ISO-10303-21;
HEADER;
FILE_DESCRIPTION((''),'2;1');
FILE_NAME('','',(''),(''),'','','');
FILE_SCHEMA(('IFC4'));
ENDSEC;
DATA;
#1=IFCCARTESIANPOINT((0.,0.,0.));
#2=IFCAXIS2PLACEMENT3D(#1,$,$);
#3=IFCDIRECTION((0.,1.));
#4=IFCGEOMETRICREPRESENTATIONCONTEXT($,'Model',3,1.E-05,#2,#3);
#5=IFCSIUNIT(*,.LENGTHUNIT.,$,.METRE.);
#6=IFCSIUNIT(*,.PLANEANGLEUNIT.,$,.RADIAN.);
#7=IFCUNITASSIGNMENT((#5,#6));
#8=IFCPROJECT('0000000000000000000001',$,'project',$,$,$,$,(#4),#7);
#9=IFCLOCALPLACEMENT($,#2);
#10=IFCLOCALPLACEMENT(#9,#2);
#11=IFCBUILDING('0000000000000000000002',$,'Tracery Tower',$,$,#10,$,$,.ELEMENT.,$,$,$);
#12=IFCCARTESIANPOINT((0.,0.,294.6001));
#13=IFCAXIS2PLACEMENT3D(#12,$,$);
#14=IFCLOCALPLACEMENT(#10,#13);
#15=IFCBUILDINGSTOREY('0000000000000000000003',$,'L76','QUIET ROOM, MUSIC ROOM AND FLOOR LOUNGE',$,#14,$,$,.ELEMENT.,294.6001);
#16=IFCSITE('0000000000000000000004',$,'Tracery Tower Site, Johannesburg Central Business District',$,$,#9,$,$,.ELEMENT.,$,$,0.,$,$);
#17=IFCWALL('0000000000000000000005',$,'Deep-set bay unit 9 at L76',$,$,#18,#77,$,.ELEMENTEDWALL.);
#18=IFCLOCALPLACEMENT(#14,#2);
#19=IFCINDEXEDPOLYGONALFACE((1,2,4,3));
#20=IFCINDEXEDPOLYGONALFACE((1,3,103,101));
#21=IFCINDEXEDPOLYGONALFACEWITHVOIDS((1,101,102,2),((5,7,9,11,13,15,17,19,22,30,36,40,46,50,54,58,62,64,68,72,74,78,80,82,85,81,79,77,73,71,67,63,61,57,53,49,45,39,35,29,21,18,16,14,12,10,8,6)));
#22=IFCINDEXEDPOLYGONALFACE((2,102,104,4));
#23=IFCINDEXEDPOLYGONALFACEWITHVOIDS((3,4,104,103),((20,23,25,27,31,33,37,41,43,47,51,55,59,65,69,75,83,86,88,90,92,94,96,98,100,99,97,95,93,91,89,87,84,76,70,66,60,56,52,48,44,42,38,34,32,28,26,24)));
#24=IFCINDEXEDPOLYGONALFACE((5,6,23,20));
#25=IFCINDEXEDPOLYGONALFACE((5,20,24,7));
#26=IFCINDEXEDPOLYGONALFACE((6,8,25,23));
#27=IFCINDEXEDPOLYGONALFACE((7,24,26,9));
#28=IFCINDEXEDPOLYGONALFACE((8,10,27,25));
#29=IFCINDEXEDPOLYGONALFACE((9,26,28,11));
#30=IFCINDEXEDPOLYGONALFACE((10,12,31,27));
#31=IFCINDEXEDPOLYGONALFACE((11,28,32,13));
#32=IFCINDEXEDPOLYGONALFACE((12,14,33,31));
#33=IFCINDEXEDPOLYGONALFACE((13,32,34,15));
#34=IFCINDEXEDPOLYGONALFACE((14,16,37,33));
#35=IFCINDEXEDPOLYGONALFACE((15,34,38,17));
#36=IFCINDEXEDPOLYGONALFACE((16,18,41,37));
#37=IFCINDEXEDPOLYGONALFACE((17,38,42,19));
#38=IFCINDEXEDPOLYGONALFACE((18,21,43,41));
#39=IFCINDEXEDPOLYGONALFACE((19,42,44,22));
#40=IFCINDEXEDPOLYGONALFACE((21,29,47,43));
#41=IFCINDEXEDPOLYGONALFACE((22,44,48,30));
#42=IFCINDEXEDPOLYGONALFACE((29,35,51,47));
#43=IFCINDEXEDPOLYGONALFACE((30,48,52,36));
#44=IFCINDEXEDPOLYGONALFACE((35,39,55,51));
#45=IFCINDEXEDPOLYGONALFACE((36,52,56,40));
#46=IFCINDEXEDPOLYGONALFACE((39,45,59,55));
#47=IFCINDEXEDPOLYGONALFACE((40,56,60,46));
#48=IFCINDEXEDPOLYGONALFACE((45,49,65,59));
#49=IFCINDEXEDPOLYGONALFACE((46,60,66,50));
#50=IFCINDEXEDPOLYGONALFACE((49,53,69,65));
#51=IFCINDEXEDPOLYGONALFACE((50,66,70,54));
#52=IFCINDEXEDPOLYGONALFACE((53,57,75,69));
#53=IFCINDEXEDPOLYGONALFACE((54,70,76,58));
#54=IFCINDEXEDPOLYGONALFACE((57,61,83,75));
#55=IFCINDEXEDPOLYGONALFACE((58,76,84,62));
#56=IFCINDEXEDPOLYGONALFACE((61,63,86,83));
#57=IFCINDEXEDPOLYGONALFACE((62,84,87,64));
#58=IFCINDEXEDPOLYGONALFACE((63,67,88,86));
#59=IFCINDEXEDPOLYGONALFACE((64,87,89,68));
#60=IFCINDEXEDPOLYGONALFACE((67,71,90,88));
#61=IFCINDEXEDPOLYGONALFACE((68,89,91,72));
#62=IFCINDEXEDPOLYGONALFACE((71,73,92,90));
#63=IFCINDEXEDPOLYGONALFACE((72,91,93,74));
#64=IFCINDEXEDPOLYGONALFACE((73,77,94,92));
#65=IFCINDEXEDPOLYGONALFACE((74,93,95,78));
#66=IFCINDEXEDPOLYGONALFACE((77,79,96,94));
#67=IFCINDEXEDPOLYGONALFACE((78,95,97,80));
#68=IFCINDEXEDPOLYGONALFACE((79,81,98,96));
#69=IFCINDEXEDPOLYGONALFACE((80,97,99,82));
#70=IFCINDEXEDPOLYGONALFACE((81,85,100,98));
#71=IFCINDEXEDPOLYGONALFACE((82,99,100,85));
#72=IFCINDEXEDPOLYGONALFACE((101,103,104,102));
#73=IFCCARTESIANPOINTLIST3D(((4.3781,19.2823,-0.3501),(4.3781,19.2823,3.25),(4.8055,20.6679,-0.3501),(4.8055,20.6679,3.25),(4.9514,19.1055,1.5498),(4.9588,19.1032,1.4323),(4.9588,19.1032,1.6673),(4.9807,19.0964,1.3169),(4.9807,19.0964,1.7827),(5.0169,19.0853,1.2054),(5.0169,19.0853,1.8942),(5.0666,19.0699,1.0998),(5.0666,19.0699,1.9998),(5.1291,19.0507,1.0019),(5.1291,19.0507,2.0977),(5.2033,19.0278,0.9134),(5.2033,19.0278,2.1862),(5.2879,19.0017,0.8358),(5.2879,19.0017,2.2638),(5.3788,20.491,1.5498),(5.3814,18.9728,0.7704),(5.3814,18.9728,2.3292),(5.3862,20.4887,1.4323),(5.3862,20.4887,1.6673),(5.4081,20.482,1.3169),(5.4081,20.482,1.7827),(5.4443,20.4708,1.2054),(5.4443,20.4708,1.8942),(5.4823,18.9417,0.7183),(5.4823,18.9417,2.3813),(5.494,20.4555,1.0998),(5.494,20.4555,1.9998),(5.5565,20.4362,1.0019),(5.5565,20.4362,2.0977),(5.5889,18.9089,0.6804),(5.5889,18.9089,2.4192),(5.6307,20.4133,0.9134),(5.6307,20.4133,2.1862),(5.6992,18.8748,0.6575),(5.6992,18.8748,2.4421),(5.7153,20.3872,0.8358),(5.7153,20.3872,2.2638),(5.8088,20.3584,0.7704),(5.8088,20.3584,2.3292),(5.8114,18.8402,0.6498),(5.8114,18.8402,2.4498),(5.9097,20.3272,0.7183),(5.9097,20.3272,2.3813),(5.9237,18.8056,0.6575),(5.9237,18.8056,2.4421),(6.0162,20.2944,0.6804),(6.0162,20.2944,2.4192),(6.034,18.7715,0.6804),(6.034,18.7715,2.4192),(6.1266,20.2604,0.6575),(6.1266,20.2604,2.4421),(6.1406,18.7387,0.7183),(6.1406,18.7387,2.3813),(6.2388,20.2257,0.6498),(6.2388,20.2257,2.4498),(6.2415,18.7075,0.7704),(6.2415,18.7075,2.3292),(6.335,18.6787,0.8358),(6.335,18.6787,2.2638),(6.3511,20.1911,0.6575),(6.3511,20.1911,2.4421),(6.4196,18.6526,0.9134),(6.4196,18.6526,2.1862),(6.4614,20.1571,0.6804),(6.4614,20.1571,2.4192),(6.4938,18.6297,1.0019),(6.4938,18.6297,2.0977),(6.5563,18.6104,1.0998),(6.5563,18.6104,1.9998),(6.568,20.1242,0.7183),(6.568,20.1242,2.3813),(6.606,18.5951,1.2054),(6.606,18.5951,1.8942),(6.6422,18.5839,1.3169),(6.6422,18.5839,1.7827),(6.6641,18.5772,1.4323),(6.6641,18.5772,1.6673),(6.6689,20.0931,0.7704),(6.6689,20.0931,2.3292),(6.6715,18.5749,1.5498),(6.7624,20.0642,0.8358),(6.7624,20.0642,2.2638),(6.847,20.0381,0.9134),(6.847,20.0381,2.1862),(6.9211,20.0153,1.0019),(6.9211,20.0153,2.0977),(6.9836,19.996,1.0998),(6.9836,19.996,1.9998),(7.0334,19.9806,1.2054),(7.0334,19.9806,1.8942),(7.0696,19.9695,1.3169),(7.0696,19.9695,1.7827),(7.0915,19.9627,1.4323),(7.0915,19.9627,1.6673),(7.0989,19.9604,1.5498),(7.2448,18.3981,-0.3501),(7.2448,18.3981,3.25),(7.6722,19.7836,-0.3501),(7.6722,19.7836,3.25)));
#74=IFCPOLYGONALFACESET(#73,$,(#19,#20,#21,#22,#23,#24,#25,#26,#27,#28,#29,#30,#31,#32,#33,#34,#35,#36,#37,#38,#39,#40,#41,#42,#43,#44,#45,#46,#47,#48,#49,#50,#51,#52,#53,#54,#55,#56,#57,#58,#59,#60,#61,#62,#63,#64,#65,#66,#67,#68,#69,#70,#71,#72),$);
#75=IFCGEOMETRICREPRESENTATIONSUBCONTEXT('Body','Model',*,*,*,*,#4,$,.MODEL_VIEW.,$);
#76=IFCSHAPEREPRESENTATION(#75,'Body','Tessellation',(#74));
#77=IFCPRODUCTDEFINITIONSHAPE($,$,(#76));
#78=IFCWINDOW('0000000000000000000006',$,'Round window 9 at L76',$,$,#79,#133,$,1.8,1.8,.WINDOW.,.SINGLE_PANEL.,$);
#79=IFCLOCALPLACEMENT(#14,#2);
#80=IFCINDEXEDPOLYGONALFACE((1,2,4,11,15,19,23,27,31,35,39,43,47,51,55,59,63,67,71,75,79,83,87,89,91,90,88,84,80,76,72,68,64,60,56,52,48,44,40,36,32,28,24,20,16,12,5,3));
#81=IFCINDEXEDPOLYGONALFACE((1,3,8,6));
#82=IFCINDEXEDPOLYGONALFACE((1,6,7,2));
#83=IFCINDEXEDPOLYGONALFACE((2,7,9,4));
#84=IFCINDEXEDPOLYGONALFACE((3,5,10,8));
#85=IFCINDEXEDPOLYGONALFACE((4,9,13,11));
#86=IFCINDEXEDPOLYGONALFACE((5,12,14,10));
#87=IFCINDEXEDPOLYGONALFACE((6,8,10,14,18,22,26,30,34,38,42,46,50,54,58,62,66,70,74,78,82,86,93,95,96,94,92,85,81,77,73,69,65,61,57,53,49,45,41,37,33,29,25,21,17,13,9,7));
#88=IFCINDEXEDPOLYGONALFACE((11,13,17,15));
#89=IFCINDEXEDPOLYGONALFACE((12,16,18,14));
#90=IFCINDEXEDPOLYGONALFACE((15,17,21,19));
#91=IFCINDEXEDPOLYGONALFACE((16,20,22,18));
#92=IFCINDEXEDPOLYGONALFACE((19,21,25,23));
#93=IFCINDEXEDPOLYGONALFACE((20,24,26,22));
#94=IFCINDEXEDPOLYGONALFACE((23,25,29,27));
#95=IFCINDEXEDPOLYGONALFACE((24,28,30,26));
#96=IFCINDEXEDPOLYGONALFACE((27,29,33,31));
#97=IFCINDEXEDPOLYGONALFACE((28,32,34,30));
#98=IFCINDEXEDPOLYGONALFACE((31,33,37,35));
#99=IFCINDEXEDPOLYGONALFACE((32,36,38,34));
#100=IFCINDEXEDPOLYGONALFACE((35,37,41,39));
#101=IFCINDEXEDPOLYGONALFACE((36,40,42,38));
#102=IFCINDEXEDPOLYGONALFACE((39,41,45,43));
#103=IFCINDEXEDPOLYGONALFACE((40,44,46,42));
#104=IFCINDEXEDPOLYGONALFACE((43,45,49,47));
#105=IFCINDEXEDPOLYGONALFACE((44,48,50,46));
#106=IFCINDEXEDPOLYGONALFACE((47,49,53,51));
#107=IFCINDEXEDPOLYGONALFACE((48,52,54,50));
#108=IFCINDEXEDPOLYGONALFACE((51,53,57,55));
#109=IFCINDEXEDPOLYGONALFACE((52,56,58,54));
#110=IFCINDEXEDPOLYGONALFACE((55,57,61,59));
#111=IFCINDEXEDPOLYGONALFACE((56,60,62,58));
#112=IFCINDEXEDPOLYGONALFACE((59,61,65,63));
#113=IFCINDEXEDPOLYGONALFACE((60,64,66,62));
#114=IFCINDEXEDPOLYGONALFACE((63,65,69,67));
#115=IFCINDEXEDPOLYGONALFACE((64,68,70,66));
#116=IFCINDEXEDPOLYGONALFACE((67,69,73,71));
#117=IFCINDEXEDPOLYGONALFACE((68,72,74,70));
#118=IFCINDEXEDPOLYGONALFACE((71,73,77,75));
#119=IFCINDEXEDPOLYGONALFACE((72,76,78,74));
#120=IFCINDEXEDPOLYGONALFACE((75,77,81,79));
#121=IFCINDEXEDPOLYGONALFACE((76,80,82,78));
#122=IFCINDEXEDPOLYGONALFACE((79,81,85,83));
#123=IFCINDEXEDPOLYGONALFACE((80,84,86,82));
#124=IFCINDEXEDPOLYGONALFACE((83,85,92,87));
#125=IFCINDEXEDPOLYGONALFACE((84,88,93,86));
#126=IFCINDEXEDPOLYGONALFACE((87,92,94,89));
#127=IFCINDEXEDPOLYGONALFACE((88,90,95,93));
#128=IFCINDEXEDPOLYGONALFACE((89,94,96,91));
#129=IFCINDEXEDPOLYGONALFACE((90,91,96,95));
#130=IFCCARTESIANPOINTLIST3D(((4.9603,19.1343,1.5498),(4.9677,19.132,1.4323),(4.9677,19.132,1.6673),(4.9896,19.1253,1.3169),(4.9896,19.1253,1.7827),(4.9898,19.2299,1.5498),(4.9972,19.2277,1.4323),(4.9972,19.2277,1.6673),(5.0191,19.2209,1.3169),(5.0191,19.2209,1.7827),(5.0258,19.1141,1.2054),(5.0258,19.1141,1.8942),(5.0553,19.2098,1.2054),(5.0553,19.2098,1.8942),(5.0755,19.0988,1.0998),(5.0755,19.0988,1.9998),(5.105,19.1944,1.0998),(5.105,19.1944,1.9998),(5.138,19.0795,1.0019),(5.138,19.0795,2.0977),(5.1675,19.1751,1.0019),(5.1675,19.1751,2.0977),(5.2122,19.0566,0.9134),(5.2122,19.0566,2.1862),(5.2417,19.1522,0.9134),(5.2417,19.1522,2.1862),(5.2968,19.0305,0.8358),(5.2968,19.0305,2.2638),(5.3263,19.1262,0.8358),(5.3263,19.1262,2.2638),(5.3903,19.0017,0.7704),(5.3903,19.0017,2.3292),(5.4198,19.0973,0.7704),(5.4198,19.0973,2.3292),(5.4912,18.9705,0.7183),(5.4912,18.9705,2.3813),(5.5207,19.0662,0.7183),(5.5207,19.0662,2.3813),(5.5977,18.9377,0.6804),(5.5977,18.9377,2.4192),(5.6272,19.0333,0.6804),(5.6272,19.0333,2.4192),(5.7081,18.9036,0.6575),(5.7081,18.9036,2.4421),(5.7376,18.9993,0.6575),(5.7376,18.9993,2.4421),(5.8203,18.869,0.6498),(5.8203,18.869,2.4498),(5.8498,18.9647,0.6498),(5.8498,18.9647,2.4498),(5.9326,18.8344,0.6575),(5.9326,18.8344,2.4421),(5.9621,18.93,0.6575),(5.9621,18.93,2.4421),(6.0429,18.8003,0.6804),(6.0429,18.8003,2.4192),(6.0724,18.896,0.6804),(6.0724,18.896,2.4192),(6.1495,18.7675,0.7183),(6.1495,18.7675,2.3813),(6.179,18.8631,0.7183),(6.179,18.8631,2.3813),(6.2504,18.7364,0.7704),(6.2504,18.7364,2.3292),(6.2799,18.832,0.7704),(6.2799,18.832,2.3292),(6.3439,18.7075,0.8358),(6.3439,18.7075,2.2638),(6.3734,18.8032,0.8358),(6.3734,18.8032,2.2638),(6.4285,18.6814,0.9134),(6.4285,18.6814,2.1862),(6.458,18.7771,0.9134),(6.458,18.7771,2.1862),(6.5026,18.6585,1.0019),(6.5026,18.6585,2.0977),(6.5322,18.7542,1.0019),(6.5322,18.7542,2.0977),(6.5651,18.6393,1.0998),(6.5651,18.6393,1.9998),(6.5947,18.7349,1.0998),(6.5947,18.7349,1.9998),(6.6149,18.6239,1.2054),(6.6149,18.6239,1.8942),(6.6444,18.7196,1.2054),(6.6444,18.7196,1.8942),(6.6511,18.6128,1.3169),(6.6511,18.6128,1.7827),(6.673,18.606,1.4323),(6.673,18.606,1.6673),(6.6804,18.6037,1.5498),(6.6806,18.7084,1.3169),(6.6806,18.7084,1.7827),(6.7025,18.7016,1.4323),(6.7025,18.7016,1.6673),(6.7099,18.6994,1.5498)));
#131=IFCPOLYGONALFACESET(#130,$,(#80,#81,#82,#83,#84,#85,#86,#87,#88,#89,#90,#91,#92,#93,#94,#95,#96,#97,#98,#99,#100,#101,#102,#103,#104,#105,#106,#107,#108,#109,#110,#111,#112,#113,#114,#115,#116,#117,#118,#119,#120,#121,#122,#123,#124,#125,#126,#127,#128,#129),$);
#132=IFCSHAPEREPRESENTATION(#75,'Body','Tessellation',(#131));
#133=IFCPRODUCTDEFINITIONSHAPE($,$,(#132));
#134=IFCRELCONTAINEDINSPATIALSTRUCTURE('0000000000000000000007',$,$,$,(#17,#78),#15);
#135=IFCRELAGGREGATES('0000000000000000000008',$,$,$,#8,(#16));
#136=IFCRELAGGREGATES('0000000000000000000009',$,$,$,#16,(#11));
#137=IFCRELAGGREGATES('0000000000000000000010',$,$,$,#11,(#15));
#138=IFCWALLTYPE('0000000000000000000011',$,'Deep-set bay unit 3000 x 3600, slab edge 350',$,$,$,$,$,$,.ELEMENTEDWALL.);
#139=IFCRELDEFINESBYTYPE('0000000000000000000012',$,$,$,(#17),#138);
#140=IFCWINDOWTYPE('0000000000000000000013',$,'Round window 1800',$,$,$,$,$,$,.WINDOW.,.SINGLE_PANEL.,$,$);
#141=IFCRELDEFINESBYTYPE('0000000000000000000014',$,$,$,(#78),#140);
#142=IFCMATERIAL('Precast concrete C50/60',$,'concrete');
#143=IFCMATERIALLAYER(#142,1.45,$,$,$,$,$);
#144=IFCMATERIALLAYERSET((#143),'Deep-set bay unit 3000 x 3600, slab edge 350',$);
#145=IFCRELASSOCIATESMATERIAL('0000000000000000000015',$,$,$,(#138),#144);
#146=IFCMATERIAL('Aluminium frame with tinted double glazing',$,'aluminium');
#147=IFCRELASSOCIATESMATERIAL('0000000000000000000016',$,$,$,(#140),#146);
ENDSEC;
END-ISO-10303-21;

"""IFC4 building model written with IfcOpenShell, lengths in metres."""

from ifc_helpers import new_model, si_unit, direction, frame, frame_2d, origin, origin_2d, place, context, subcontext, project, spatial, rectangle, circle, extrude, material, layer, layer_set, type_object, element, fill, save


model = new_model("IFC4")

# Units and contexts
model_context = context("Model", 3, precision=1e-05, world=origin(), true_north=direction((0.0, 1.0)))
body_context = subcontext(model_context, "Body", "Model", "MODEL_VIEW")
ifc_project = project(units=[si_unit("LENGTHUNIT", "METRE"), si_unit("PLANEANGLEUNIT", "RADIAN")], contexts=[model_context])

# Site, building, storey
site_placement = place(None, origin())
site = spatial("IfcSite", under=ifc_project, at=site_placement, Name="Tracery Tower Site, Johannesburg Central Business District", CompositionType="ELEMENT", RefElevation=0.0)
building_placement = place(site_placement, origin())
building = spatial("IfcBuilding", under=site, at=building_placement, Name="Tracery Tower", CompositionType="ELEMENT")
storey_placement = place(building_placement, frame((0.0, 0.0, 294.6001)))
storey = spatial("IfcBuildingStorey", under=building, at=storey_placement, Name="L76", Description="QUIET ROOM, MUSIC ROOM AND FLOOR LOUNGE", CompositionType="ELEMENT", Elevation=294.6001)

# Wall, opening, window
ifc_material_1 = material(Name="Precast concrete C50/60", Category="concrete")
ifc_layer_1 = layer(ifc_material_1, 1.45)
ifc_layer_set_1 = layer_set([ifc_layer_1], Name="Deep-set bay unit 3000 x 3600, slab edge 350")
wall_type_1 = type_object("IfcWallType", Name="Deep-set bay unit 3000 x 3600, slab edge 350", PredefinedType="ELEMENTEDWALL", material=ifc_layer_set_1)
wall_1_placement = place(storey_placement, frame((7.4585, 19.0908, -0.3501), z_axis=(0.0, 0.0, 1.0), x_axis=(-0.955571, 0.294761, 0.0)))
wall_1 = element("IfcWall", 1, at=wall_1_placement, inside=storey, type_object=wall_type_1, Name="Deep-set bay unit 9 at L76", PredefinedType="ELEMENTEDWALL", context=body_context, shape_type="SweptSolid", body=[
    extrude(rectangle(XDim=3.0, YDim=1.45, at=frame_2d((1.5, 0.0))), origin(), (0.0, 0.0, 1.0), 3.6001),
])
opening_1_placement = place(wall_1_placement, frame((1.5, 0.0, 1.8999)))
opening_1 = element("IfcOpeningElement", 2, at=opening_1_placement, cuts=wall_1, PredefinedType="OPENING", context=body_context, shape_type="SweptSolid", body=[
    extrude(circle(Radius=0.9, at=origin_2d()), frame((0.0, 0.7349, 0.0), z_axis=(0.0, -1.0, 0.0), x_axis=(1.0, 0.0, 0.0)), (0.0, 0.0, 1.0), 1.47),
])
ifc_material_2 = material(Name="Aluminium frame with tinted double glazing", Category="aluminium")
window_type = type_object("IfcWindowType", Name="Round window 1800", PartitioningType="SINGLE_PANEL", PredefinedType="WINDOW", material=ifc_material_2)
window_1_placement = place(opening_1_placement, origin())
window_1 = element("IfcWindow", 3, at=window_1_placement, inside=storey, type_object=window_type, Name="Round window 9 at L76", OverallHeight=1.8, OverallWidth=1.8, PartitioningType="SINGLE_PANEL", PredefinedType="WINDOW", context=body_context, shape_type="SweptSolid", body=[
    extrude(circle(Radius=0.9, at=origin_2d()), frame((0.0, 0.6948, 0.0), z_axis=(0.0, -1.0, 0.0), x_axis=(1.0, 0.0, 0.0)), (0.0, 0.0, 1.0), 0.1001),
])
fill(opening_1, window_1)

save(model, "model.ifc")
